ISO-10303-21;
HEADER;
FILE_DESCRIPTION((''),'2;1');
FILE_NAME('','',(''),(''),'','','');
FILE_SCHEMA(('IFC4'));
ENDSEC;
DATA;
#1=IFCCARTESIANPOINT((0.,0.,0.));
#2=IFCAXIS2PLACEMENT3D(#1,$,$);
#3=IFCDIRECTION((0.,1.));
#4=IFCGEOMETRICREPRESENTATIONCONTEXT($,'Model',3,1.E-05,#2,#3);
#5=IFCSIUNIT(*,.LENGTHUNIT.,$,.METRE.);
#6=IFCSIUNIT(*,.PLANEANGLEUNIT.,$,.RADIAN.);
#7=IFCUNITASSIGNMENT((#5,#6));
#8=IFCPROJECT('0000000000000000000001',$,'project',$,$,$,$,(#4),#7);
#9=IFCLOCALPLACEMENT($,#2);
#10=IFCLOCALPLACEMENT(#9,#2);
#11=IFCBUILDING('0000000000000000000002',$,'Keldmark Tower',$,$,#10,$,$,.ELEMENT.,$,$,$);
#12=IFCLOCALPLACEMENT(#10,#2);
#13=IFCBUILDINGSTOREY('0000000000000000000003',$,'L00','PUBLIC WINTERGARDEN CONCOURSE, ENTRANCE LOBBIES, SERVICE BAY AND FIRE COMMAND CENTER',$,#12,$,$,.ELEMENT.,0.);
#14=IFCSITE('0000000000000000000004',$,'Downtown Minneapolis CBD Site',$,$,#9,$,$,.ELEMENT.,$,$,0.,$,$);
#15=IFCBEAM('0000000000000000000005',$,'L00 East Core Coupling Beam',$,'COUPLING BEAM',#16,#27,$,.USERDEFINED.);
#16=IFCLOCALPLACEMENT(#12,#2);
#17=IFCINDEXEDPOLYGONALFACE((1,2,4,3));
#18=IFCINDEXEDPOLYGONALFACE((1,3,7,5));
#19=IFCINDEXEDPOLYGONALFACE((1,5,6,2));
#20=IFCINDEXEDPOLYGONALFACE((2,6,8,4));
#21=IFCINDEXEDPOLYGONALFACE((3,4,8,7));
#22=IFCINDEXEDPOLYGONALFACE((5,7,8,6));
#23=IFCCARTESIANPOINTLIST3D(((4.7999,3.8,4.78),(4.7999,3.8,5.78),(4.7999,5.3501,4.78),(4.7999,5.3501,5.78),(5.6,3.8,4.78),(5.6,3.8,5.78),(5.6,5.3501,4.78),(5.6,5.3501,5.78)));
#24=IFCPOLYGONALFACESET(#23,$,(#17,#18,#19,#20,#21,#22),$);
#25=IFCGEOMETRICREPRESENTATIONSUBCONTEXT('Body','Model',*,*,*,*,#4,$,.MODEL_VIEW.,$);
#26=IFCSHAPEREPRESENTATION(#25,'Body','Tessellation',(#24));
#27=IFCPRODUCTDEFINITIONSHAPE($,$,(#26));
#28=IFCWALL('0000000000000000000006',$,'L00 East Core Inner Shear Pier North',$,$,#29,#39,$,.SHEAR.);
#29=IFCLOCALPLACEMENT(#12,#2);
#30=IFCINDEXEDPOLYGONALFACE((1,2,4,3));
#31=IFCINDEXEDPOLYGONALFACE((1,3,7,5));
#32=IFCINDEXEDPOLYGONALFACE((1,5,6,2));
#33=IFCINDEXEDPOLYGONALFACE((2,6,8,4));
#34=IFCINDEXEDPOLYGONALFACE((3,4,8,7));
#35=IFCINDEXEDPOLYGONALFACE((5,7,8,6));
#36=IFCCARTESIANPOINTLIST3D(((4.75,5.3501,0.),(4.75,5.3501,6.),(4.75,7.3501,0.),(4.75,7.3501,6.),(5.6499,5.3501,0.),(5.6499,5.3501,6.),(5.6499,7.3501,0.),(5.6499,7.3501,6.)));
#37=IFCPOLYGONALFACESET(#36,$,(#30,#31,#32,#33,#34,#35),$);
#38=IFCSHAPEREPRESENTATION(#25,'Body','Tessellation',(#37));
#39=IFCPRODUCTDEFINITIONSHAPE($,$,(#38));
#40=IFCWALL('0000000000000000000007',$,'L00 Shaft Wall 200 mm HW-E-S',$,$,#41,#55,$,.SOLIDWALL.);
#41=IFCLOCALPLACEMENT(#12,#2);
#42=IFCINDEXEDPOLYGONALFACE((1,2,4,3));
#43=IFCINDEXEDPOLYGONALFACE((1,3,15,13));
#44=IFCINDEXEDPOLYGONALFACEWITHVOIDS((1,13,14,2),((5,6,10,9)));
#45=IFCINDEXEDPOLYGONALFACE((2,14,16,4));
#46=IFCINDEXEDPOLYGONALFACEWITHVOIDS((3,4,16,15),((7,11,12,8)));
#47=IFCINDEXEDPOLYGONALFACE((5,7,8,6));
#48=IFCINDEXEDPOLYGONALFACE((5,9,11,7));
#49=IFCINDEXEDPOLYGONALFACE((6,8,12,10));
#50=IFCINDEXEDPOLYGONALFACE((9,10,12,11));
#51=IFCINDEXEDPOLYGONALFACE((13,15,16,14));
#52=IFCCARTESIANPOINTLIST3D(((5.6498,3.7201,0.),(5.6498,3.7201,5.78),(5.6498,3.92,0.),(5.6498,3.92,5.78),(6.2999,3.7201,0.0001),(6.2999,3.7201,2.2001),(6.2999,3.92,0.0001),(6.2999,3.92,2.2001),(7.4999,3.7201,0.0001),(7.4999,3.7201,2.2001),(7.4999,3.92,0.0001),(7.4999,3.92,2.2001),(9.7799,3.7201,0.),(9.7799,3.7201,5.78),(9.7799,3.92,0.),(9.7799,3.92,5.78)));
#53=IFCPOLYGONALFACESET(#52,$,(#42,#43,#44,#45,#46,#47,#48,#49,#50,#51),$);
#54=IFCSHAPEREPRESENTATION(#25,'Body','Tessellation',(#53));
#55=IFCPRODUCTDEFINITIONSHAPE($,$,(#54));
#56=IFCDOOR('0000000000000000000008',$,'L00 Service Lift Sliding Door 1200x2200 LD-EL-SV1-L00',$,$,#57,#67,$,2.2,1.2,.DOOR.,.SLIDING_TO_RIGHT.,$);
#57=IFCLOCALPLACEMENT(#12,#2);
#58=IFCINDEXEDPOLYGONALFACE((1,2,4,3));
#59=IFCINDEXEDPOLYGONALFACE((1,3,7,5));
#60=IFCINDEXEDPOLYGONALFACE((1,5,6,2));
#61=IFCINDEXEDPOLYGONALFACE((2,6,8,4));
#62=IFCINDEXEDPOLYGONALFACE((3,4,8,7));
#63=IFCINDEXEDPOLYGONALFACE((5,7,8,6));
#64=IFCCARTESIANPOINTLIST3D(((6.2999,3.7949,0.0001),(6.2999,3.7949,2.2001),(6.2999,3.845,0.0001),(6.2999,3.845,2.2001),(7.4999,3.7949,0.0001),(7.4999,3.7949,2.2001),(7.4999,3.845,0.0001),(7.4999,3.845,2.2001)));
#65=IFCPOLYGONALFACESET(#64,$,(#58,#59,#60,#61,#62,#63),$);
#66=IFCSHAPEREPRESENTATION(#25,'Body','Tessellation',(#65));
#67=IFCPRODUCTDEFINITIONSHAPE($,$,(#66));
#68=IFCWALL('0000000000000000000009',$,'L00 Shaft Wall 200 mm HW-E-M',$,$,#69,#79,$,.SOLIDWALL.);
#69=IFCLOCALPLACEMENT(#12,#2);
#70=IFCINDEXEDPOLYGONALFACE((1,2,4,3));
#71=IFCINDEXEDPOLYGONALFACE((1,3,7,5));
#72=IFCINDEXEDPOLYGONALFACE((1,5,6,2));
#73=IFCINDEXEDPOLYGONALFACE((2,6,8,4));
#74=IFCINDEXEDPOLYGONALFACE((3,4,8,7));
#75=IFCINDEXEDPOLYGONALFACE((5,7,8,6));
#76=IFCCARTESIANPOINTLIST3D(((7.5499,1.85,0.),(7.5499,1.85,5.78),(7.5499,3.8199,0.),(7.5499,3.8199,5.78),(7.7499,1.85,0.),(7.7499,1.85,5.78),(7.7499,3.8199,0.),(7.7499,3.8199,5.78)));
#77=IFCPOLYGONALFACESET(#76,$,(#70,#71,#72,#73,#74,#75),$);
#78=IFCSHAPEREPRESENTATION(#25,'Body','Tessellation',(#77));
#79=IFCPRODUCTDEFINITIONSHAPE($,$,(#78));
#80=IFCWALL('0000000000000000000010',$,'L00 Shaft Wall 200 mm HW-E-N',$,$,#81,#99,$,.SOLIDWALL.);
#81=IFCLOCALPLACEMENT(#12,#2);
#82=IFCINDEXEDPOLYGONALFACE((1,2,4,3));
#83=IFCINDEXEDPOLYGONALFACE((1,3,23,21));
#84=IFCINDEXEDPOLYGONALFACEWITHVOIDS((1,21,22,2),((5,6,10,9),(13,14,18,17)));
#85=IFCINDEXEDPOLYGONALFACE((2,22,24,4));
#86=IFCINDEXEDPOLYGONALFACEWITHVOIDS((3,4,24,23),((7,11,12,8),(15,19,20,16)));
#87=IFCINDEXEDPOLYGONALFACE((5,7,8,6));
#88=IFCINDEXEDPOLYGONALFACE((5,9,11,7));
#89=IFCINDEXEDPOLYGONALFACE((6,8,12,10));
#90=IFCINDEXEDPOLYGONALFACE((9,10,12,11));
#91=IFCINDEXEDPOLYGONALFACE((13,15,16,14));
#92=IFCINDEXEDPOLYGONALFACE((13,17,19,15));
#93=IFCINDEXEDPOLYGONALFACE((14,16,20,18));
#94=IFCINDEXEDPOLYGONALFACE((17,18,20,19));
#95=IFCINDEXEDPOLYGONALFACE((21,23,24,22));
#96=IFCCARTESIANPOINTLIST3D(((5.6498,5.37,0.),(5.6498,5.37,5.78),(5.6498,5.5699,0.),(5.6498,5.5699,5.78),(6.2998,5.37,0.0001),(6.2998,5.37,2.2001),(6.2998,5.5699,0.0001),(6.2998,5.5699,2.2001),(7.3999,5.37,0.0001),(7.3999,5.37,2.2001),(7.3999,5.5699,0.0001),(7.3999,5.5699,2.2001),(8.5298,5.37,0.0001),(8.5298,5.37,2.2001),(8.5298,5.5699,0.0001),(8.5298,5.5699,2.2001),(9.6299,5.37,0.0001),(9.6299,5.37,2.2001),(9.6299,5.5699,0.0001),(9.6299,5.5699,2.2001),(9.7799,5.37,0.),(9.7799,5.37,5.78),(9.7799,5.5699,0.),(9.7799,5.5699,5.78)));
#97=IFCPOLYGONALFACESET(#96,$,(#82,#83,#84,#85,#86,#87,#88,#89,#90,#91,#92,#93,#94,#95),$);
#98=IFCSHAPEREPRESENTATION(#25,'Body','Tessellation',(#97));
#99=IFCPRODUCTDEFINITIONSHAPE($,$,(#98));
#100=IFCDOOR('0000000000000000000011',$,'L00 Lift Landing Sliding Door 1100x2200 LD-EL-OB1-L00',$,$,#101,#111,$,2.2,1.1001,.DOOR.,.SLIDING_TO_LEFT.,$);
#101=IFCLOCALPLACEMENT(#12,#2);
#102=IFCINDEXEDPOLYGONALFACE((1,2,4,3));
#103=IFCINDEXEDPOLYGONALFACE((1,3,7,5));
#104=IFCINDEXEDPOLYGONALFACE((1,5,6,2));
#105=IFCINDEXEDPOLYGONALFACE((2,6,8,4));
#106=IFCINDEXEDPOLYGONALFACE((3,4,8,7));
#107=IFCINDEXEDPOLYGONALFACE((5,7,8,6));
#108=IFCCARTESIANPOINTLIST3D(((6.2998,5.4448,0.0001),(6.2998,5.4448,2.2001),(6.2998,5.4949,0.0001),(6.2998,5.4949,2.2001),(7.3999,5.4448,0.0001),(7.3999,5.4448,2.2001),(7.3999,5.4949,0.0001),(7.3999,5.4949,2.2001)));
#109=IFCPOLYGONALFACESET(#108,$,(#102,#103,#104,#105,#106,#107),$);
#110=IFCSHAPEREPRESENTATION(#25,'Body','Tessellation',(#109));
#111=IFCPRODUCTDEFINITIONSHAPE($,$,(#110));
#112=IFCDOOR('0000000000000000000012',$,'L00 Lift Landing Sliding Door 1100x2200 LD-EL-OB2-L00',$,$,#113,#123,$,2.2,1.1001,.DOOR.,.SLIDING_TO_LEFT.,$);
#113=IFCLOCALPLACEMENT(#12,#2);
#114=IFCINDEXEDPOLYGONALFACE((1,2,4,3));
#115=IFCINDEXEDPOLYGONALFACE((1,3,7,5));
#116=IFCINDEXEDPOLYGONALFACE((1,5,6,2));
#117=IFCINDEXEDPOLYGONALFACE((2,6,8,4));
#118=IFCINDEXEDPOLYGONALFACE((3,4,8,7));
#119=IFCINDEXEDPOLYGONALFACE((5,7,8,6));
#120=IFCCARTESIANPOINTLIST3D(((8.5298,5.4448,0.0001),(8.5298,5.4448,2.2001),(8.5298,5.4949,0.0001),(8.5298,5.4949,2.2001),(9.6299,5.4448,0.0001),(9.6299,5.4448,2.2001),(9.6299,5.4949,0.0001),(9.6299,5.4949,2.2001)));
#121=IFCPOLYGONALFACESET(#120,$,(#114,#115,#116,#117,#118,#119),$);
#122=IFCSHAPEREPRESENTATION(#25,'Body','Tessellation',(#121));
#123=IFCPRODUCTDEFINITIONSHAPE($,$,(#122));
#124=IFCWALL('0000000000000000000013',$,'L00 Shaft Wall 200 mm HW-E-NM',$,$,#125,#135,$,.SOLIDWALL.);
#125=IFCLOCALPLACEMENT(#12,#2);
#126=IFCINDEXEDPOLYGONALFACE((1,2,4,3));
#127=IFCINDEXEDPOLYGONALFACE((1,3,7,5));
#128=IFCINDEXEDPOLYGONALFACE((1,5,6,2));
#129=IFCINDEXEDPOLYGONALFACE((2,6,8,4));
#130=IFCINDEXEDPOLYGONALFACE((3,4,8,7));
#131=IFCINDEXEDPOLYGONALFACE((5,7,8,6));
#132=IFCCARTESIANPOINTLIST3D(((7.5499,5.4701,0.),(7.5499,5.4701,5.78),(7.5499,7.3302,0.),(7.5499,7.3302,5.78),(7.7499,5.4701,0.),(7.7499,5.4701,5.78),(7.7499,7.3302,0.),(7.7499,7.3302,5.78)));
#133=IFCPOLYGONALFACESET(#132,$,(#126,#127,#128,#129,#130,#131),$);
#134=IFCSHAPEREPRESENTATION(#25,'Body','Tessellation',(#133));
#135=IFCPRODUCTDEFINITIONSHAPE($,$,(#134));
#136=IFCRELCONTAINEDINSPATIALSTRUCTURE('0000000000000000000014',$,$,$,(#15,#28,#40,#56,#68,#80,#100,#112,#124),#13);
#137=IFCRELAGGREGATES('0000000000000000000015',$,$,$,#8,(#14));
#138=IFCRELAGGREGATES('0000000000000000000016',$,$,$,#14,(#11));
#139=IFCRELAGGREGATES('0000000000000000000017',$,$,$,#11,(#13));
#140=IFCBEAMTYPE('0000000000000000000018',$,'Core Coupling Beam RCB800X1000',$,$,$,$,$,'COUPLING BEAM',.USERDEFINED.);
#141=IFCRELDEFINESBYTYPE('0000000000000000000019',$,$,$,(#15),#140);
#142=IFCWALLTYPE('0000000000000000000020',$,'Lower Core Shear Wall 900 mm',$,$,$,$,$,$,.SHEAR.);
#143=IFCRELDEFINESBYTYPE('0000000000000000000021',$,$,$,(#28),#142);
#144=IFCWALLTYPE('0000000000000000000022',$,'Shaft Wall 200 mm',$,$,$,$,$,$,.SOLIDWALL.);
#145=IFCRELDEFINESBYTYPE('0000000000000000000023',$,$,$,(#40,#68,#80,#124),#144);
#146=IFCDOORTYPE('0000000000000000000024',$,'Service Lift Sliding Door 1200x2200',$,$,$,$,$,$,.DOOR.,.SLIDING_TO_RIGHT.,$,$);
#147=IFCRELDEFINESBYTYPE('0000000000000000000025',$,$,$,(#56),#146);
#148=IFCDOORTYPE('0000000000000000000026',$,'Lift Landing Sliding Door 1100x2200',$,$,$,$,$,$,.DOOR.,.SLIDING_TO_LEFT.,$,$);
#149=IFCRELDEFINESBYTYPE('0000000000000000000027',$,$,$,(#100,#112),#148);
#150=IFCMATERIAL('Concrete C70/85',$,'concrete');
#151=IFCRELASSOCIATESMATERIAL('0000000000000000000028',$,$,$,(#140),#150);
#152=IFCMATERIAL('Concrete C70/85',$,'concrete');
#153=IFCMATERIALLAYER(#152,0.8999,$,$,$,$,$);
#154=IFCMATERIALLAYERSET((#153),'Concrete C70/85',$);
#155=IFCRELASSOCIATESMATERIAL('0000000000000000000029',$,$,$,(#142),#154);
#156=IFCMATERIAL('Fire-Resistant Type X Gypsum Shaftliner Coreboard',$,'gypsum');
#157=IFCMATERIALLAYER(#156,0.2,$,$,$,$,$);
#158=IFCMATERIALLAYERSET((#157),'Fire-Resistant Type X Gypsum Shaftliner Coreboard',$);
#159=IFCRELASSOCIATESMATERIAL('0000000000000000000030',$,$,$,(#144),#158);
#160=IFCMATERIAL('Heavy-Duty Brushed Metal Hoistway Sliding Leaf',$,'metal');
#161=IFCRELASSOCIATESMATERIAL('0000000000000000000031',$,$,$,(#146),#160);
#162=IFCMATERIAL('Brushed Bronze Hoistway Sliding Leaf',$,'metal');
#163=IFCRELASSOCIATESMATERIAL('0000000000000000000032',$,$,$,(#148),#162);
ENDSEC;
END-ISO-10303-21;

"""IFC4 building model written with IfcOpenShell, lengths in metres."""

from ifc_helpers import new_model, si_unit, direction, frame, frame_2d, origin, origin_2d, place, context, subcontext, project, spatial, rectangle, extrude, material, layer, layer_set, material_profile, profile_set, type_object, element, fill, save


model = new_model("IFC4")

# Units and contexts
model_context = context("Model", 3, precision=1e-05, world=origin(), true_north=direction((0.0, 1.0)))
body_context = subcontext(model_context, "Body", "Model", "MODEL_VIEW")
ifc_project = project(units=[si_unit("LENGTHUNIT", "METRE"), si_unit("PLANEANGLEUNIT", "RADIAN")], contexts=[model_context])

# Site, building, storey
site_placement = place(None, origin())
site = spatial("IfcSite", under=ifc_project, at=site_placement, Name="Downtown Minneapolis CBD Site", CompositionType="ELEMENT", RefElevation=0.0)
building_placement = place(site_placement, origin())
building = spatial("IfcBuilding", under=site, at=building_placement, Name="Keldmark Tower", CompositionType="ELEMENT")
storey_placement = place(building_placement, origin())
storey = spatial("IfcBuildingStorey", under=building, at=storey_placement, Name="L00", Description="PUBLIC WINTERGARDEN CONCOURSE, ENTRANCE LOBBIES, SERVICE BAY AND FIRE COMMAND CENTER", CompositionType="ELEMENT", Elevation=0.0)

# Beam
ifc_material_1 = material(Name="Concrete C70/85", Category="concrete")
ifc_material_profile = material_profile(ifc_material_1, rectangle(XDim=0.8, YDim=1.0, at=origin_2d()), Name="RCB800X1000")
ifc_profile_set = profile_set([ifc_material_profile], Name="Concrete C70/85")
beam_type = type_object("IfcBeamType", Name="Core Coupling Beam RCB800X1000", ElementType="COUPLING BEAM", PredefinedType="USERDEFINED", material=ifc_profile_set)
beam_placement = place(storey_placement, frame((5.2, 3.8, 5.28), z_axis=(0.0, 1.0, 0.0), x_axis=(-1.0, 0.0, 0.0)))
element("IfcBeam", 1, at=beam_placement, inside=storey, type_object=beam_type, Name="L00 East Core Coupling Beam", ObjectType="COUPLING BEAM", PredefinedType="USERDEFINED", context=body_context, shape_type="SweptSolid", body=[
    extrude(rectangle(XDim=0.8, YDim=1.0, at=origin_2d()), origin(), (0.0, 0.0, 1.0), 1.55),
])

# Wall
ifc_material_2 = material(Name="Concrete C70/85", Category="concrete")
ifc_layer_1 = layer(ifc_material_2, 0.8999)
ifc_layer_set_1 = layer_set([ifc_layer_1], Name="Concrete C70/85")
wall_type_1 = type_object("IfcWallType", Name="Lower Core Shear Wall 900 mm", PredefinedType="SHEAR", material=ifc_layer_set_1)
wall_1_placement = place(storey_placement, frame((5.2, 5.3501, 0.0), z_axis=(0.0, 0.0, 1.0), x_axis=(0.0, 1.0, 0.0)))
element("IfcWall", 2, at=wall_1_placement, inside=storey, type_object=wall_type_1, Name="L00 East Core Inner Shear Pier North", PredefinedType="SHEAR", context=body_context, shape_type="SweptSolid", body=[
    extrude(rectangle(XDim=2.0, YDim=0.8999, at=frame_2d((1.0, 0.0))), origin(), (0.0, 0.0, 1.0), 6.0),
])

# Wall, opening, door
ifc_material_3 = material(Name="Fire-Resistant Type X Gypsum Shaftliner Coreboard", Category="gypsum")
ifc_layer_2 = layer(ifc_material_3, 0.2)
ifc_layer_set_2 = layer_set([ifc_layer_2], Name="Fire-Resistant Type X Gypsum Shaftliner Coreboard")
wall_type_2 = type_object("IfcWallType", Name="Shaft Wall 200 mm", PredefinedType="SOLIDWALL", material=ifc_layer_set_2)
wall_2_placement = place(storey_placement, frame((5.6499, 3.8201, 0.0), z_axis=(0.0, 0.0, 1.0), x_axis=(1.0, 0.0, 0.0)))
wall_2 = element("IfcWall", 3, at=wall_2_placement, inside=storey, type_object=wall_type_2, Name="L00 Shaft Wall 200 mm HW-E-S", PredefinedType="SOLIDWALL", context=body_context, shape_type="SweptSolid", body=[
    extrude(rectangle(XDim=4.1301, YDim=0.2, at=frame_2d((2.0649, 0.0))), origin(), (0.0, 0.0, 1.0), 5.78),
])
opening_1_placement = place(wall_2_placement, frame((0.6499, 0.0, 0.0)))
opening_1 = element("IfcOpeningElement", 4, at=opening_1_placement, cuts=wall_2, PredefinedType="OPENING", context=body_context, shape_type="SweptSolid", body=[
    extrude(rectangle(XDim=1.2, YDim=2.2, at=frame_2d((0.6001, 1.1001))), frame((0.0, 0.1099, 0.0), z_axis=(0.0, -1.0, 0.0), x_axis=(1.0, 0.0, 0.0)), (0.0, 0.0, 1.0), 0.22),
])
ifc_material_4 = material(Name="Heavy-Duty Brushed Metal Hoistway Sliding Leaf", Category="metal")
door_type_1 = type_object("IfcDoorType", Name="Service Lift Sliding Door 1200x2200", OperationType="SLIDING_TO_RIGHT", PredefinedType="DOOR", material=ifc_material_4)
door_1_placement = place(opening_1_placement, origin())
door_1 = element("IfcDoor", 5, at=door_1_placement, inside=storey, type_object=door_type_1, Name="L00 Service Lift Sliding Door 1200x2200 LD-EL-SV1-L00", OperationType="SLIDING_TO_RIGHT", OverallHeight=2.2, OverallWidth=1.2, PredefinedType="DOOR", context=body_context, shape_type="SweptSolid", body=[
    extrude(rectangle(XDim=1.2, YDim=2.2, at=frame_2d((0.6001, 1.1001))), frame((0.0, 0.0249, 0.0), z_axis=(0.0, -1.0, 0.0), x_axis=(1.0, 0.0, 0.0)), (0.0, 0.0, 1.0), 0.05),
])
fill(opening_1, door_1)

# Wall
wall_3_placement = place(storey_placement, frame((7.6499, 1.8501, 0.0), z_axis=(0.0, 0.0, 1.0), x_axis=(0.0, 1.0, 0.0)))
element("IfcWall", 6, at=wall_3_placement, inside=storey, type_object=wall_type_2, Name="L00 Shaft Wall 200 mm HW-E-M", PredefinedType="SOLIDWALL", context=body_context, shape_type="SweptSolid", body=[
    extrude(rectangle(XDim=1.97, YDim=0.2, at=frame_2d((0.9849, 0.0))), origin(), (0.0, 0.0, 1.0), 5.78),
])

# Wall, openings, doors
wall_4_placement = place(storey_placement, frame((5.6499, 5.47, 0.0), z_axis=(0.0, 0.0, 1.0), x_axis=(1.0, 0.0, 0.0)))
wall_4 = element("IfcWall", 7, at=wall_4_placement, inside=storey, type_object=wall_type_2, Name="L00 Shaft Wall 200 mm HW-E-N", PredefinedType="SOLIDWALL", context=body_context, shape_type="SweptSolid", body=[
    extrude(rectangle(XDim=4.1301, YDim=0.2, at=frame_2d((2.0649, 0.0))), origin(), (0.0, 0.0, 1.0), 5.78),
])
opening_2_placement = place(wall_4_placement, frame((0.6499, 0.0, 0.0)))
opening_2 = element("IfcOpeningElement", 8, at=opening_2_placement, cuts=wall_4, PredefinedType="OPENING", context=body_context, shape_type="SweptSolid", body=[
    extrude(rectangle(XDim=1.1001, YDim=2.2, at=frame_2d((0.55, 1.1001))), frame((0.0, 0.1099, 0.0), z_axis=(0.0, -1.0, 0.0), x_axis=(1.0, 0.0, 0.0)), (0.0, 0.0, 1.0), 0.22),
])
opening_3_placement = place(wall_4_placement, frame((2.8799, 0.0, 0.0)))
opening_3 = element("IfcOpeningElement", 9, at=opening_3_placement, cuts=wall_4, PredefinedType="OPENING", context=body_context, shape_type="SweptSolid", body=[
    extrude(rectangle(XDim=1.1001, YDim=2.2, at=frame_2d((0.55, 1.1001))), frame((0.0, 0.1099, 0.0), z_axis=(0.0, -1.0, 0.0), x_axis=(1.0, 0.0, 0.0)), (0.0, 0.0, 1.0), 0.22),
])
ifc_material_5 = material(Name="Brushed Bronze Hoistway Sliding Leaf", Category="metal")
door_type_2 = type_object("IfcDoorType", Name="Lift Landing Sliding Door 1100x2200", OperationType="SLIDING_TO_LEFT", PredefinedType="DOOR", material=ifc_material_5)
door_2_placement = place(opening_2_placement, origin())
door_2 = element("IfcDoor", 10, at=door_2_placement, inside=storey, type_object=door_type_2, Name="L00 Lift Landing Sliding Door 1100x2200 LD-EL-OB1-L00", OperationType="SLIDING_TO_LEFT", OverallHeight=2.2, OverallWidth=1.1001, PredefinedType="DOOR", context=body_context, shape_type="SweptSolid", body=[
    extrude(rectangle(XDim=1.1001, YDim=2.2, at=frame_2d((0.55, 1.1001))), frame((0.0, 0.0249, 0.0), z_axis=(0.0, -1.0, 0.0), x_axis=(1.0, 0.0, 0.0)), (0.0, 0.0, 1.0), 0.05),
])
fill(opening_2, door_2)
door_3_placement = place(opening_3_placement, origin())
door_3 = element("IfcDoor", 11, at=door_3_placement, inside=storey, type_object=door_type_2, Name="L00 Lift Landing Sliding Door 1100x2200 LD-EL-OB2-L00", OperationType="SLIDING_TO_LEFT", OverallHeight=2.2, OverallWidth=1.1001, PredefinedType="DOOR", context=body_context, shape_type="SweptSolid", body=[
    extrude(rectangle(XDim=1.1001, YDim=2.2, at=frame_2d((0.55, 1.1001))), frame((0.0, 0.0249, 0.0), z_axis=(0.0, -1.0, 0.0), x_axis=(1.0, 0.0, 0.0)), (0.0, 0.0, 1.0), 0.05),
])
fill(opening_3, door_3)

# Wall
wall_5_placement = place(storey_placement, frame((7.6499, 5.47, 0.0), z_axis=(0.0, 0.0, 1.0), x_axis=(0.0, 1.0, 0.0)))
element("IfcWall", 12, at=wall_5_placement, inside=storey, type_object=wall_type_2, Name="L00 Shaft Wall 200 mm HW-E-NM", PredefinedType="SOLIDWALL", context=body_context, shape_type="SweptSolid", body=[
    extrude(rectangle(XDim=1.8601, YDim=0.2, at=frame_2d((0.9302, 0.0))), origin(), (0.0, 0.0, 1.0), 5.78),
])

save(model, "model.ifc")
